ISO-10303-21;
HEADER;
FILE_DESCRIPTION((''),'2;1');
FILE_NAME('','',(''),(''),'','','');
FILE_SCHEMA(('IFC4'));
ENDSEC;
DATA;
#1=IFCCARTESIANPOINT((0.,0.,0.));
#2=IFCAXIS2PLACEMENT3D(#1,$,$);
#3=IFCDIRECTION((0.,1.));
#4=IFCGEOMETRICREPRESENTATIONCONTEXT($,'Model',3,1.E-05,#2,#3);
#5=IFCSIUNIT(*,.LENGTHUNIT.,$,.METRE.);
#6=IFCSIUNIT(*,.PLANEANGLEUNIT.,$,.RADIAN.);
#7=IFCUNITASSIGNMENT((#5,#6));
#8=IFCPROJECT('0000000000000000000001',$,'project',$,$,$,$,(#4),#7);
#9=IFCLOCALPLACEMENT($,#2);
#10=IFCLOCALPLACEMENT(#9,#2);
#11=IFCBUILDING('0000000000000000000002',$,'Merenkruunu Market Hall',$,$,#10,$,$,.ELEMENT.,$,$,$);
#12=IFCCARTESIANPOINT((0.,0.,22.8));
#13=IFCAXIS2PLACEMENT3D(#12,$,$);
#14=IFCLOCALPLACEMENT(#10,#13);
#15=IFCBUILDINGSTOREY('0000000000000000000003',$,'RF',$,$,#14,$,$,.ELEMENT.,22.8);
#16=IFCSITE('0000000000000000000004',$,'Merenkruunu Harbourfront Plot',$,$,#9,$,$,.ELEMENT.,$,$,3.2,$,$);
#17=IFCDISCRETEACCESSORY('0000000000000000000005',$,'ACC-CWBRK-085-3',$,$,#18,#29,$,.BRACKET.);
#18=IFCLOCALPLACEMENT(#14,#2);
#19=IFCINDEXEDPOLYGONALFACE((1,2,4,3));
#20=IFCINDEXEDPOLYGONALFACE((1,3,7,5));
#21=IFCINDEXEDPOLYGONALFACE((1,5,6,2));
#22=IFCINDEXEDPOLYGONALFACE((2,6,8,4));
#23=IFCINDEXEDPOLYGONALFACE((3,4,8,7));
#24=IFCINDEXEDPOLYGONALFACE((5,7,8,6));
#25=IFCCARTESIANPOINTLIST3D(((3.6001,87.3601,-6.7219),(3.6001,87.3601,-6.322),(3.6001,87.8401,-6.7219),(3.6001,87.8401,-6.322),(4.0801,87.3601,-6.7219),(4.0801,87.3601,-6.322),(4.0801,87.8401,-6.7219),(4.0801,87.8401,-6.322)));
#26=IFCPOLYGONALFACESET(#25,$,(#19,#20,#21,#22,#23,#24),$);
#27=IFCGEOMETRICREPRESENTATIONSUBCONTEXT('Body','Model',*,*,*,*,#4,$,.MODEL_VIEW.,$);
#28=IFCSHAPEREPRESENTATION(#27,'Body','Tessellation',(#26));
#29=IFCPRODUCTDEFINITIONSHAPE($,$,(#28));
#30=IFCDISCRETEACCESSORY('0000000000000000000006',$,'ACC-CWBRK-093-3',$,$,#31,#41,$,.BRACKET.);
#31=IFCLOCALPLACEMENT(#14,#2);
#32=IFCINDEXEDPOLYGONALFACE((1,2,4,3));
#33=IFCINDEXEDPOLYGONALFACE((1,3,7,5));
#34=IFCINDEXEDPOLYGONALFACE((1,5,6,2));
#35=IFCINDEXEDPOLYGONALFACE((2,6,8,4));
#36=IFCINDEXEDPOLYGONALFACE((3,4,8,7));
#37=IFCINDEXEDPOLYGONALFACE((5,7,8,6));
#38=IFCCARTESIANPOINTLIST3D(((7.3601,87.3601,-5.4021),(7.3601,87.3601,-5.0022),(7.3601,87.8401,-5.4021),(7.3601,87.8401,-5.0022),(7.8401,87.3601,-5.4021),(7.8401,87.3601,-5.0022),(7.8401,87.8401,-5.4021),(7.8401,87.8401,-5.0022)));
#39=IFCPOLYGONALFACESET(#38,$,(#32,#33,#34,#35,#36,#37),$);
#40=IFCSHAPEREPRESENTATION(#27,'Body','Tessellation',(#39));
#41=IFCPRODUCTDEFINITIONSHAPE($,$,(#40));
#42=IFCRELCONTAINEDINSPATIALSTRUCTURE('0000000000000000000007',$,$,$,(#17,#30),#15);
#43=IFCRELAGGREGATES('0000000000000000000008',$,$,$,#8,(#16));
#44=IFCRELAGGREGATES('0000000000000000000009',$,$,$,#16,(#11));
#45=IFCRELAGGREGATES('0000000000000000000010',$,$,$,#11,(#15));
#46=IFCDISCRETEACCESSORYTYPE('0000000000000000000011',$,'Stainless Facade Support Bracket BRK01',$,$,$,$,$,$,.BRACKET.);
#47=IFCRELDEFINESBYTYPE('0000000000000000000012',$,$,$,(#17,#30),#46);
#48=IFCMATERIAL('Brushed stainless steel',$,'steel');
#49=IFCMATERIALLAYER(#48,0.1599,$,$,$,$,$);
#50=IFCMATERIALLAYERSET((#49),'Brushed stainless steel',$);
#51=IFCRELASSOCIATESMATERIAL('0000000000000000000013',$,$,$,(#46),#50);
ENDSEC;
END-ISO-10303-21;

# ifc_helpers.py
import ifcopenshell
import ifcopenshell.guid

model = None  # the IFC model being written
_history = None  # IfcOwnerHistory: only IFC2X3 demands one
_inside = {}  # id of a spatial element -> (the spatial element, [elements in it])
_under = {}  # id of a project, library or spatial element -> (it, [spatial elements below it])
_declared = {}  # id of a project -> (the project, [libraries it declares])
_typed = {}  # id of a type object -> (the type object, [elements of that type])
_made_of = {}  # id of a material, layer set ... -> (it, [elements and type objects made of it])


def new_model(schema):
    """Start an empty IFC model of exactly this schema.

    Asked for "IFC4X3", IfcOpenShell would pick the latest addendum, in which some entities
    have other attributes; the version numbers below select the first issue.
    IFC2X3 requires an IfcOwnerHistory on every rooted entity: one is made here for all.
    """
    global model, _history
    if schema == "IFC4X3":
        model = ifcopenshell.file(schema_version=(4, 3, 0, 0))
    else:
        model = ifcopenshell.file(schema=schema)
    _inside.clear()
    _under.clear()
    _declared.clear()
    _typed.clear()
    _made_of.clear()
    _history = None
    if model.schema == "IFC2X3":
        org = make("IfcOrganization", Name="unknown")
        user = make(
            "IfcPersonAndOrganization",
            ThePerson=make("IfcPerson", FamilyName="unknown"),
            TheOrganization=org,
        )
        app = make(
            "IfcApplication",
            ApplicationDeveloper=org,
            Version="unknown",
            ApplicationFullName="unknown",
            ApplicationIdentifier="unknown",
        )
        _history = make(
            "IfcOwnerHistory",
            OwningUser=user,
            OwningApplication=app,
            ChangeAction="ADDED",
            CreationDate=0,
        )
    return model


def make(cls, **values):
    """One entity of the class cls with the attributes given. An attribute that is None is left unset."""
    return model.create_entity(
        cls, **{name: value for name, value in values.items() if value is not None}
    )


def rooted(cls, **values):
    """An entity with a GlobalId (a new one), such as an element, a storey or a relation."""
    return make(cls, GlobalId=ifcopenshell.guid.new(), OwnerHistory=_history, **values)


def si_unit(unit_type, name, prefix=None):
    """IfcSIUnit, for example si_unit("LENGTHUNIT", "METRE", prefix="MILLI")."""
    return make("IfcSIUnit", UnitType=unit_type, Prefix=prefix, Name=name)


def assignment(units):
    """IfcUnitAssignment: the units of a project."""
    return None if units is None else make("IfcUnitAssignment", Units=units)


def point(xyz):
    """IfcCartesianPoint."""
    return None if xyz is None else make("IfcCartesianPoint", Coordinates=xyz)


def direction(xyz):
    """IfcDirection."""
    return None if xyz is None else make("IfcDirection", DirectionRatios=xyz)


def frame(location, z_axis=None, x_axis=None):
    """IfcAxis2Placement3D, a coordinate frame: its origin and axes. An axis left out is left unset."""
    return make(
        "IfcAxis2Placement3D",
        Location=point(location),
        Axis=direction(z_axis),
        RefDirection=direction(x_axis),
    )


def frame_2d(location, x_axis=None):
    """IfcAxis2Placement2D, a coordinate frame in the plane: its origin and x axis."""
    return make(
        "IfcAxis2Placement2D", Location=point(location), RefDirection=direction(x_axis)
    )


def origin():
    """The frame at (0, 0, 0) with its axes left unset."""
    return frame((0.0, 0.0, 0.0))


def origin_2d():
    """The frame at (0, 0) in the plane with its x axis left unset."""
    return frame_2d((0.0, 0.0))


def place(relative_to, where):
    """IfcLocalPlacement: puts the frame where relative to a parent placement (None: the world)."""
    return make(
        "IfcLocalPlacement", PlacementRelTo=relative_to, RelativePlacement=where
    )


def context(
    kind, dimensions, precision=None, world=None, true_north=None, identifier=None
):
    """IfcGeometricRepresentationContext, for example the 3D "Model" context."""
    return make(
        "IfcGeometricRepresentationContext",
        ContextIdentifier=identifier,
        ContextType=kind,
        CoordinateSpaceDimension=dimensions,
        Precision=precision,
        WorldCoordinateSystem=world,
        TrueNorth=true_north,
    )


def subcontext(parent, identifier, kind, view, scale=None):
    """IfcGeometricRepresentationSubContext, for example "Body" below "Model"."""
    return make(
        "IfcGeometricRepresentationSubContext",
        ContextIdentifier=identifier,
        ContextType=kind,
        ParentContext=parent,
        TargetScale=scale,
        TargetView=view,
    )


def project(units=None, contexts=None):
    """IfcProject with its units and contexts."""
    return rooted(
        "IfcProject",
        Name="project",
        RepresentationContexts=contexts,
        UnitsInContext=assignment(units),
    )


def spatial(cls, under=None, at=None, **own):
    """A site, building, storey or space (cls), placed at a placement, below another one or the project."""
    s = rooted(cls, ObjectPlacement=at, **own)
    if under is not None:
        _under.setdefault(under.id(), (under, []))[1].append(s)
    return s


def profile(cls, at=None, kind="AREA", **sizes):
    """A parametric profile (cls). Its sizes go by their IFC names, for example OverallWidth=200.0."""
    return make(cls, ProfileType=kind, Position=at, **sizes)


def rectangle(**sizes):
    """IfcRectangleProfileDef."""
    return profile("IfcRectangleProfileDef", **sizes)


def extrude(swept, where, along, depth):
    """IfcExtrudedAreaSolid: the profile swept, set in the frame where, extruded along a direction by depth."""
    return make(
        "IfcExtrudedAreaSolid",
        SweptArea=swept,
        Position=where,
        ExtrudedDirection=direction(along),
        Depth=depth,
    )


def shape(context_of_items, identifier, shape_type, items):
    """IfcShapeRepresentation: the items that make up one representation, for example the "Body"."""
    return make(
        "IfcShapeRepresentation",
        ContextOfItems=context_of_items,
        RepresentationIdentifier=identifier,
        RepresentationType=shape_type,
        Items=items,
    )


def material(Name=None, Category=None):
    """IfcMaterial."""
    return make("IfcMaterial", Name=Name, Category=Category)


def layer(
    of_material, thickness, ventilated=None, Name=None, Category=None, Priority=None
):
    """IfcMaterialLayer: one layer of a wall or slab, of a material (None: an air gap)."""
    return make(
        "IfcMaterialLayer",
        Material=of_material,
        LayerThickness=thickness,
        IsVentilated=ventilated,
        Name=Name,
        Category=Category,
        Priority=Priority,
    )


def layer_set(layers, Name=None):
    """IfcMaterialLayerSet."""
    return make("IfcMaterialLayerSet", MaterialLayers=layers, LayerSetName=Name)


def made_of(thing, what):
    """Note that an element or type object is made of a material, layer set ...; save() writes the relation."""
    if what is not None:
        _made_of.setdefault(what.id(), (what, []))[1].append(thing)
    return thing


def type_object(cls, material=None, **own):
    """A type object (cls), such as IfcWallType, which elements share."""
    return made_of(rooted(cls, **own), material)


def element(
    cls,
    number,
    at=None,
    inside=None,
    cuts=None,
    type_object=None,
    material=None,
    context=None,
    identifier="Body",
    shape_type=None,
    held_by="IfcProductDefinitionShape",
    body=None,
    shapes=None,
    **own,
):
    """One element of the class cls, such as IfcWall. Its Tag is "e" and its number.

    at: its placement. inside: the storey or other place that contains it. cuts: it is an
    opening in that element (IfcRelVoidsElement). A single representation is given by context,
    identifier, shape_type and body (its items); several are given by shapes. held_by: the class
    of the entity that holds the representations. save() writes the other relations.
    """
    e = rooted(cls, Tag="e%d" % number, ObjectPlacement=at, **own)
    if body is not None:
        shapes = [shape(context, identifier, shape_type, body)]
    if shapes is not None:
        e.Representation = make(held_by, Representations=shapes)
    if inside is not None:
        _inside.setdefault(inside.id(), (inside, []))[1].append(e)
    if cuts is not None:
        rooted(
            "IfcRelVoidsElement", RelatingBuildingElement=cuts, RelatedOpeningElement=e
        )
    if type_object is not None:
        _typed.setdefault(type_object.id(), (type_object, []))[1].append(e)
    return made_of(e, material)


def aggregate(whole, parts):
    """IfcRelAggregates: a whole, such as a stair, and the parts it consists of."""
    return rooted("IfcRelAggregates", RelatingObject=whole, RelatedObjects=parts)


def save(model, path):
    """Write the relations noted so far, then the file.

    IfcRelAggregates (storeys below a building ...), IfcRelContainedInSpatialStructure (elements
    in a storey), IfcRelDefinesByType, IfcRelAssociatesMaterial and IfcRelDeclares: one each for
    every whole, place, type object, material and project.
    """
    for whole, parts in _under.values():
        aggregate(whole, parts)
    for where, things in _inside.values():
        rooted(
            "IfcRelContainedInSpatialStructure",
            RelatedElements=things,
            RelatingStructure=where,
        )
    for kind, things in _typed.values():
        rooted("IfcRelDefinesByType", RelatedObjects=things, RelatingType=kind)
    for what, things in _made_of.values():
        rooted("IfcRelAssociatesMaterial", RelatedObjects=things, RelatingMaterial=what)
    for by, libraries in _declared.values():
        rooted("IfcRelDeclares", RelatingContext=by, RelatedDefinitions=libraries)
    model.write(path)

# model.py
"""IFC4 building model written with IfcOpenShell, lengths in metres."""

from ifc_helpers import new_model, si_unit, direction, frame, origin, origin_2d, place, context, subcontext, project, spatial, rectangle, extrude, material, layer, layer_set, type_object, element, save


model = new_model("IFC4")

# Units and contexts
model_context = context("Model", 3, precision=1e-05, world=origin(), true_north=direction((0.0, 1.0)))
body_context = subcontext(model_context, "Body", "Model", "MODEL_VIEW")
ifc_project = project(units=[si_unit("LENGTHUNIT", "METRE"), si_unit("PLANEANGLEUNIT", "RADIAN")], contexts=[model_context])

# Site, building, storey
site_placement = place(None, origin())
site = spatial("IfcSite", under=ifc_project, at=site_placement, Name="Merenkruunu Harbourfront Plot", CompositionType="ELEMENT", RefElevation=3.2)
building_placement = place(site_placement, origin())
building = spatial("IfcBuilding", under=site, at=building_placement, Name="Merenkruunu Market Hall", CompositionType="ELEMENT")
storey_placement = place(building_placement, frame((0.0, 0.0, 22.8)))
storey = spatial("IfcBuildingStorey", under=building, at=storey_placement, Name="RF", CompositionType="ELEMENT", Elevation=22.8)

# Discrete accessories
ifc_material_1 = material(Name="Brushed stainless steel", Category="steel")
ifc_layer_1 = layer(ifc_material_1, 0.1599)
ifc_layer_set_1 = layer_set([ifc_layer_1], Name="Brushed stainless steel")
discrete_accessory_type = type_object("IfcDiscreteAccessoryType", Name="Stainless Facade Support Bracket BRK01", PredefinedType="BRACKET", material=ifc_layer_set_1)
for number, where, z_axis, x_axis, name in (
    (1, (3.8401, 87.6001, -6.7219), (0.0, 0.0, 1.0), (1.0, 0.0, 0.0), "ACC-CWBRK-085-3"),
    (2, (7.6001, 87.6001, -5.4021), (0.0, 0.0, 1.0), (1.0, 0.0, 0.0), "ACC-CWBRK-093-3"),
):
    element("IfcDiscreteAccessory", number, at=place(storey_placement, frame(where, z_axis=z_axis, x_axis=x_axis)), inside=storey, type_object=discrete_accessory_type, Name=name, PredefinedType="BRACKET", context=body_context, shape_type="SweptSolid", body=[
        extrude(rectangle(XDim=0.48, YDim=0.48, at=origin_2d()), origin(), (0.0, 0.0, 1.0), 0.3999),
    ])

save(model, "model.ifc")
